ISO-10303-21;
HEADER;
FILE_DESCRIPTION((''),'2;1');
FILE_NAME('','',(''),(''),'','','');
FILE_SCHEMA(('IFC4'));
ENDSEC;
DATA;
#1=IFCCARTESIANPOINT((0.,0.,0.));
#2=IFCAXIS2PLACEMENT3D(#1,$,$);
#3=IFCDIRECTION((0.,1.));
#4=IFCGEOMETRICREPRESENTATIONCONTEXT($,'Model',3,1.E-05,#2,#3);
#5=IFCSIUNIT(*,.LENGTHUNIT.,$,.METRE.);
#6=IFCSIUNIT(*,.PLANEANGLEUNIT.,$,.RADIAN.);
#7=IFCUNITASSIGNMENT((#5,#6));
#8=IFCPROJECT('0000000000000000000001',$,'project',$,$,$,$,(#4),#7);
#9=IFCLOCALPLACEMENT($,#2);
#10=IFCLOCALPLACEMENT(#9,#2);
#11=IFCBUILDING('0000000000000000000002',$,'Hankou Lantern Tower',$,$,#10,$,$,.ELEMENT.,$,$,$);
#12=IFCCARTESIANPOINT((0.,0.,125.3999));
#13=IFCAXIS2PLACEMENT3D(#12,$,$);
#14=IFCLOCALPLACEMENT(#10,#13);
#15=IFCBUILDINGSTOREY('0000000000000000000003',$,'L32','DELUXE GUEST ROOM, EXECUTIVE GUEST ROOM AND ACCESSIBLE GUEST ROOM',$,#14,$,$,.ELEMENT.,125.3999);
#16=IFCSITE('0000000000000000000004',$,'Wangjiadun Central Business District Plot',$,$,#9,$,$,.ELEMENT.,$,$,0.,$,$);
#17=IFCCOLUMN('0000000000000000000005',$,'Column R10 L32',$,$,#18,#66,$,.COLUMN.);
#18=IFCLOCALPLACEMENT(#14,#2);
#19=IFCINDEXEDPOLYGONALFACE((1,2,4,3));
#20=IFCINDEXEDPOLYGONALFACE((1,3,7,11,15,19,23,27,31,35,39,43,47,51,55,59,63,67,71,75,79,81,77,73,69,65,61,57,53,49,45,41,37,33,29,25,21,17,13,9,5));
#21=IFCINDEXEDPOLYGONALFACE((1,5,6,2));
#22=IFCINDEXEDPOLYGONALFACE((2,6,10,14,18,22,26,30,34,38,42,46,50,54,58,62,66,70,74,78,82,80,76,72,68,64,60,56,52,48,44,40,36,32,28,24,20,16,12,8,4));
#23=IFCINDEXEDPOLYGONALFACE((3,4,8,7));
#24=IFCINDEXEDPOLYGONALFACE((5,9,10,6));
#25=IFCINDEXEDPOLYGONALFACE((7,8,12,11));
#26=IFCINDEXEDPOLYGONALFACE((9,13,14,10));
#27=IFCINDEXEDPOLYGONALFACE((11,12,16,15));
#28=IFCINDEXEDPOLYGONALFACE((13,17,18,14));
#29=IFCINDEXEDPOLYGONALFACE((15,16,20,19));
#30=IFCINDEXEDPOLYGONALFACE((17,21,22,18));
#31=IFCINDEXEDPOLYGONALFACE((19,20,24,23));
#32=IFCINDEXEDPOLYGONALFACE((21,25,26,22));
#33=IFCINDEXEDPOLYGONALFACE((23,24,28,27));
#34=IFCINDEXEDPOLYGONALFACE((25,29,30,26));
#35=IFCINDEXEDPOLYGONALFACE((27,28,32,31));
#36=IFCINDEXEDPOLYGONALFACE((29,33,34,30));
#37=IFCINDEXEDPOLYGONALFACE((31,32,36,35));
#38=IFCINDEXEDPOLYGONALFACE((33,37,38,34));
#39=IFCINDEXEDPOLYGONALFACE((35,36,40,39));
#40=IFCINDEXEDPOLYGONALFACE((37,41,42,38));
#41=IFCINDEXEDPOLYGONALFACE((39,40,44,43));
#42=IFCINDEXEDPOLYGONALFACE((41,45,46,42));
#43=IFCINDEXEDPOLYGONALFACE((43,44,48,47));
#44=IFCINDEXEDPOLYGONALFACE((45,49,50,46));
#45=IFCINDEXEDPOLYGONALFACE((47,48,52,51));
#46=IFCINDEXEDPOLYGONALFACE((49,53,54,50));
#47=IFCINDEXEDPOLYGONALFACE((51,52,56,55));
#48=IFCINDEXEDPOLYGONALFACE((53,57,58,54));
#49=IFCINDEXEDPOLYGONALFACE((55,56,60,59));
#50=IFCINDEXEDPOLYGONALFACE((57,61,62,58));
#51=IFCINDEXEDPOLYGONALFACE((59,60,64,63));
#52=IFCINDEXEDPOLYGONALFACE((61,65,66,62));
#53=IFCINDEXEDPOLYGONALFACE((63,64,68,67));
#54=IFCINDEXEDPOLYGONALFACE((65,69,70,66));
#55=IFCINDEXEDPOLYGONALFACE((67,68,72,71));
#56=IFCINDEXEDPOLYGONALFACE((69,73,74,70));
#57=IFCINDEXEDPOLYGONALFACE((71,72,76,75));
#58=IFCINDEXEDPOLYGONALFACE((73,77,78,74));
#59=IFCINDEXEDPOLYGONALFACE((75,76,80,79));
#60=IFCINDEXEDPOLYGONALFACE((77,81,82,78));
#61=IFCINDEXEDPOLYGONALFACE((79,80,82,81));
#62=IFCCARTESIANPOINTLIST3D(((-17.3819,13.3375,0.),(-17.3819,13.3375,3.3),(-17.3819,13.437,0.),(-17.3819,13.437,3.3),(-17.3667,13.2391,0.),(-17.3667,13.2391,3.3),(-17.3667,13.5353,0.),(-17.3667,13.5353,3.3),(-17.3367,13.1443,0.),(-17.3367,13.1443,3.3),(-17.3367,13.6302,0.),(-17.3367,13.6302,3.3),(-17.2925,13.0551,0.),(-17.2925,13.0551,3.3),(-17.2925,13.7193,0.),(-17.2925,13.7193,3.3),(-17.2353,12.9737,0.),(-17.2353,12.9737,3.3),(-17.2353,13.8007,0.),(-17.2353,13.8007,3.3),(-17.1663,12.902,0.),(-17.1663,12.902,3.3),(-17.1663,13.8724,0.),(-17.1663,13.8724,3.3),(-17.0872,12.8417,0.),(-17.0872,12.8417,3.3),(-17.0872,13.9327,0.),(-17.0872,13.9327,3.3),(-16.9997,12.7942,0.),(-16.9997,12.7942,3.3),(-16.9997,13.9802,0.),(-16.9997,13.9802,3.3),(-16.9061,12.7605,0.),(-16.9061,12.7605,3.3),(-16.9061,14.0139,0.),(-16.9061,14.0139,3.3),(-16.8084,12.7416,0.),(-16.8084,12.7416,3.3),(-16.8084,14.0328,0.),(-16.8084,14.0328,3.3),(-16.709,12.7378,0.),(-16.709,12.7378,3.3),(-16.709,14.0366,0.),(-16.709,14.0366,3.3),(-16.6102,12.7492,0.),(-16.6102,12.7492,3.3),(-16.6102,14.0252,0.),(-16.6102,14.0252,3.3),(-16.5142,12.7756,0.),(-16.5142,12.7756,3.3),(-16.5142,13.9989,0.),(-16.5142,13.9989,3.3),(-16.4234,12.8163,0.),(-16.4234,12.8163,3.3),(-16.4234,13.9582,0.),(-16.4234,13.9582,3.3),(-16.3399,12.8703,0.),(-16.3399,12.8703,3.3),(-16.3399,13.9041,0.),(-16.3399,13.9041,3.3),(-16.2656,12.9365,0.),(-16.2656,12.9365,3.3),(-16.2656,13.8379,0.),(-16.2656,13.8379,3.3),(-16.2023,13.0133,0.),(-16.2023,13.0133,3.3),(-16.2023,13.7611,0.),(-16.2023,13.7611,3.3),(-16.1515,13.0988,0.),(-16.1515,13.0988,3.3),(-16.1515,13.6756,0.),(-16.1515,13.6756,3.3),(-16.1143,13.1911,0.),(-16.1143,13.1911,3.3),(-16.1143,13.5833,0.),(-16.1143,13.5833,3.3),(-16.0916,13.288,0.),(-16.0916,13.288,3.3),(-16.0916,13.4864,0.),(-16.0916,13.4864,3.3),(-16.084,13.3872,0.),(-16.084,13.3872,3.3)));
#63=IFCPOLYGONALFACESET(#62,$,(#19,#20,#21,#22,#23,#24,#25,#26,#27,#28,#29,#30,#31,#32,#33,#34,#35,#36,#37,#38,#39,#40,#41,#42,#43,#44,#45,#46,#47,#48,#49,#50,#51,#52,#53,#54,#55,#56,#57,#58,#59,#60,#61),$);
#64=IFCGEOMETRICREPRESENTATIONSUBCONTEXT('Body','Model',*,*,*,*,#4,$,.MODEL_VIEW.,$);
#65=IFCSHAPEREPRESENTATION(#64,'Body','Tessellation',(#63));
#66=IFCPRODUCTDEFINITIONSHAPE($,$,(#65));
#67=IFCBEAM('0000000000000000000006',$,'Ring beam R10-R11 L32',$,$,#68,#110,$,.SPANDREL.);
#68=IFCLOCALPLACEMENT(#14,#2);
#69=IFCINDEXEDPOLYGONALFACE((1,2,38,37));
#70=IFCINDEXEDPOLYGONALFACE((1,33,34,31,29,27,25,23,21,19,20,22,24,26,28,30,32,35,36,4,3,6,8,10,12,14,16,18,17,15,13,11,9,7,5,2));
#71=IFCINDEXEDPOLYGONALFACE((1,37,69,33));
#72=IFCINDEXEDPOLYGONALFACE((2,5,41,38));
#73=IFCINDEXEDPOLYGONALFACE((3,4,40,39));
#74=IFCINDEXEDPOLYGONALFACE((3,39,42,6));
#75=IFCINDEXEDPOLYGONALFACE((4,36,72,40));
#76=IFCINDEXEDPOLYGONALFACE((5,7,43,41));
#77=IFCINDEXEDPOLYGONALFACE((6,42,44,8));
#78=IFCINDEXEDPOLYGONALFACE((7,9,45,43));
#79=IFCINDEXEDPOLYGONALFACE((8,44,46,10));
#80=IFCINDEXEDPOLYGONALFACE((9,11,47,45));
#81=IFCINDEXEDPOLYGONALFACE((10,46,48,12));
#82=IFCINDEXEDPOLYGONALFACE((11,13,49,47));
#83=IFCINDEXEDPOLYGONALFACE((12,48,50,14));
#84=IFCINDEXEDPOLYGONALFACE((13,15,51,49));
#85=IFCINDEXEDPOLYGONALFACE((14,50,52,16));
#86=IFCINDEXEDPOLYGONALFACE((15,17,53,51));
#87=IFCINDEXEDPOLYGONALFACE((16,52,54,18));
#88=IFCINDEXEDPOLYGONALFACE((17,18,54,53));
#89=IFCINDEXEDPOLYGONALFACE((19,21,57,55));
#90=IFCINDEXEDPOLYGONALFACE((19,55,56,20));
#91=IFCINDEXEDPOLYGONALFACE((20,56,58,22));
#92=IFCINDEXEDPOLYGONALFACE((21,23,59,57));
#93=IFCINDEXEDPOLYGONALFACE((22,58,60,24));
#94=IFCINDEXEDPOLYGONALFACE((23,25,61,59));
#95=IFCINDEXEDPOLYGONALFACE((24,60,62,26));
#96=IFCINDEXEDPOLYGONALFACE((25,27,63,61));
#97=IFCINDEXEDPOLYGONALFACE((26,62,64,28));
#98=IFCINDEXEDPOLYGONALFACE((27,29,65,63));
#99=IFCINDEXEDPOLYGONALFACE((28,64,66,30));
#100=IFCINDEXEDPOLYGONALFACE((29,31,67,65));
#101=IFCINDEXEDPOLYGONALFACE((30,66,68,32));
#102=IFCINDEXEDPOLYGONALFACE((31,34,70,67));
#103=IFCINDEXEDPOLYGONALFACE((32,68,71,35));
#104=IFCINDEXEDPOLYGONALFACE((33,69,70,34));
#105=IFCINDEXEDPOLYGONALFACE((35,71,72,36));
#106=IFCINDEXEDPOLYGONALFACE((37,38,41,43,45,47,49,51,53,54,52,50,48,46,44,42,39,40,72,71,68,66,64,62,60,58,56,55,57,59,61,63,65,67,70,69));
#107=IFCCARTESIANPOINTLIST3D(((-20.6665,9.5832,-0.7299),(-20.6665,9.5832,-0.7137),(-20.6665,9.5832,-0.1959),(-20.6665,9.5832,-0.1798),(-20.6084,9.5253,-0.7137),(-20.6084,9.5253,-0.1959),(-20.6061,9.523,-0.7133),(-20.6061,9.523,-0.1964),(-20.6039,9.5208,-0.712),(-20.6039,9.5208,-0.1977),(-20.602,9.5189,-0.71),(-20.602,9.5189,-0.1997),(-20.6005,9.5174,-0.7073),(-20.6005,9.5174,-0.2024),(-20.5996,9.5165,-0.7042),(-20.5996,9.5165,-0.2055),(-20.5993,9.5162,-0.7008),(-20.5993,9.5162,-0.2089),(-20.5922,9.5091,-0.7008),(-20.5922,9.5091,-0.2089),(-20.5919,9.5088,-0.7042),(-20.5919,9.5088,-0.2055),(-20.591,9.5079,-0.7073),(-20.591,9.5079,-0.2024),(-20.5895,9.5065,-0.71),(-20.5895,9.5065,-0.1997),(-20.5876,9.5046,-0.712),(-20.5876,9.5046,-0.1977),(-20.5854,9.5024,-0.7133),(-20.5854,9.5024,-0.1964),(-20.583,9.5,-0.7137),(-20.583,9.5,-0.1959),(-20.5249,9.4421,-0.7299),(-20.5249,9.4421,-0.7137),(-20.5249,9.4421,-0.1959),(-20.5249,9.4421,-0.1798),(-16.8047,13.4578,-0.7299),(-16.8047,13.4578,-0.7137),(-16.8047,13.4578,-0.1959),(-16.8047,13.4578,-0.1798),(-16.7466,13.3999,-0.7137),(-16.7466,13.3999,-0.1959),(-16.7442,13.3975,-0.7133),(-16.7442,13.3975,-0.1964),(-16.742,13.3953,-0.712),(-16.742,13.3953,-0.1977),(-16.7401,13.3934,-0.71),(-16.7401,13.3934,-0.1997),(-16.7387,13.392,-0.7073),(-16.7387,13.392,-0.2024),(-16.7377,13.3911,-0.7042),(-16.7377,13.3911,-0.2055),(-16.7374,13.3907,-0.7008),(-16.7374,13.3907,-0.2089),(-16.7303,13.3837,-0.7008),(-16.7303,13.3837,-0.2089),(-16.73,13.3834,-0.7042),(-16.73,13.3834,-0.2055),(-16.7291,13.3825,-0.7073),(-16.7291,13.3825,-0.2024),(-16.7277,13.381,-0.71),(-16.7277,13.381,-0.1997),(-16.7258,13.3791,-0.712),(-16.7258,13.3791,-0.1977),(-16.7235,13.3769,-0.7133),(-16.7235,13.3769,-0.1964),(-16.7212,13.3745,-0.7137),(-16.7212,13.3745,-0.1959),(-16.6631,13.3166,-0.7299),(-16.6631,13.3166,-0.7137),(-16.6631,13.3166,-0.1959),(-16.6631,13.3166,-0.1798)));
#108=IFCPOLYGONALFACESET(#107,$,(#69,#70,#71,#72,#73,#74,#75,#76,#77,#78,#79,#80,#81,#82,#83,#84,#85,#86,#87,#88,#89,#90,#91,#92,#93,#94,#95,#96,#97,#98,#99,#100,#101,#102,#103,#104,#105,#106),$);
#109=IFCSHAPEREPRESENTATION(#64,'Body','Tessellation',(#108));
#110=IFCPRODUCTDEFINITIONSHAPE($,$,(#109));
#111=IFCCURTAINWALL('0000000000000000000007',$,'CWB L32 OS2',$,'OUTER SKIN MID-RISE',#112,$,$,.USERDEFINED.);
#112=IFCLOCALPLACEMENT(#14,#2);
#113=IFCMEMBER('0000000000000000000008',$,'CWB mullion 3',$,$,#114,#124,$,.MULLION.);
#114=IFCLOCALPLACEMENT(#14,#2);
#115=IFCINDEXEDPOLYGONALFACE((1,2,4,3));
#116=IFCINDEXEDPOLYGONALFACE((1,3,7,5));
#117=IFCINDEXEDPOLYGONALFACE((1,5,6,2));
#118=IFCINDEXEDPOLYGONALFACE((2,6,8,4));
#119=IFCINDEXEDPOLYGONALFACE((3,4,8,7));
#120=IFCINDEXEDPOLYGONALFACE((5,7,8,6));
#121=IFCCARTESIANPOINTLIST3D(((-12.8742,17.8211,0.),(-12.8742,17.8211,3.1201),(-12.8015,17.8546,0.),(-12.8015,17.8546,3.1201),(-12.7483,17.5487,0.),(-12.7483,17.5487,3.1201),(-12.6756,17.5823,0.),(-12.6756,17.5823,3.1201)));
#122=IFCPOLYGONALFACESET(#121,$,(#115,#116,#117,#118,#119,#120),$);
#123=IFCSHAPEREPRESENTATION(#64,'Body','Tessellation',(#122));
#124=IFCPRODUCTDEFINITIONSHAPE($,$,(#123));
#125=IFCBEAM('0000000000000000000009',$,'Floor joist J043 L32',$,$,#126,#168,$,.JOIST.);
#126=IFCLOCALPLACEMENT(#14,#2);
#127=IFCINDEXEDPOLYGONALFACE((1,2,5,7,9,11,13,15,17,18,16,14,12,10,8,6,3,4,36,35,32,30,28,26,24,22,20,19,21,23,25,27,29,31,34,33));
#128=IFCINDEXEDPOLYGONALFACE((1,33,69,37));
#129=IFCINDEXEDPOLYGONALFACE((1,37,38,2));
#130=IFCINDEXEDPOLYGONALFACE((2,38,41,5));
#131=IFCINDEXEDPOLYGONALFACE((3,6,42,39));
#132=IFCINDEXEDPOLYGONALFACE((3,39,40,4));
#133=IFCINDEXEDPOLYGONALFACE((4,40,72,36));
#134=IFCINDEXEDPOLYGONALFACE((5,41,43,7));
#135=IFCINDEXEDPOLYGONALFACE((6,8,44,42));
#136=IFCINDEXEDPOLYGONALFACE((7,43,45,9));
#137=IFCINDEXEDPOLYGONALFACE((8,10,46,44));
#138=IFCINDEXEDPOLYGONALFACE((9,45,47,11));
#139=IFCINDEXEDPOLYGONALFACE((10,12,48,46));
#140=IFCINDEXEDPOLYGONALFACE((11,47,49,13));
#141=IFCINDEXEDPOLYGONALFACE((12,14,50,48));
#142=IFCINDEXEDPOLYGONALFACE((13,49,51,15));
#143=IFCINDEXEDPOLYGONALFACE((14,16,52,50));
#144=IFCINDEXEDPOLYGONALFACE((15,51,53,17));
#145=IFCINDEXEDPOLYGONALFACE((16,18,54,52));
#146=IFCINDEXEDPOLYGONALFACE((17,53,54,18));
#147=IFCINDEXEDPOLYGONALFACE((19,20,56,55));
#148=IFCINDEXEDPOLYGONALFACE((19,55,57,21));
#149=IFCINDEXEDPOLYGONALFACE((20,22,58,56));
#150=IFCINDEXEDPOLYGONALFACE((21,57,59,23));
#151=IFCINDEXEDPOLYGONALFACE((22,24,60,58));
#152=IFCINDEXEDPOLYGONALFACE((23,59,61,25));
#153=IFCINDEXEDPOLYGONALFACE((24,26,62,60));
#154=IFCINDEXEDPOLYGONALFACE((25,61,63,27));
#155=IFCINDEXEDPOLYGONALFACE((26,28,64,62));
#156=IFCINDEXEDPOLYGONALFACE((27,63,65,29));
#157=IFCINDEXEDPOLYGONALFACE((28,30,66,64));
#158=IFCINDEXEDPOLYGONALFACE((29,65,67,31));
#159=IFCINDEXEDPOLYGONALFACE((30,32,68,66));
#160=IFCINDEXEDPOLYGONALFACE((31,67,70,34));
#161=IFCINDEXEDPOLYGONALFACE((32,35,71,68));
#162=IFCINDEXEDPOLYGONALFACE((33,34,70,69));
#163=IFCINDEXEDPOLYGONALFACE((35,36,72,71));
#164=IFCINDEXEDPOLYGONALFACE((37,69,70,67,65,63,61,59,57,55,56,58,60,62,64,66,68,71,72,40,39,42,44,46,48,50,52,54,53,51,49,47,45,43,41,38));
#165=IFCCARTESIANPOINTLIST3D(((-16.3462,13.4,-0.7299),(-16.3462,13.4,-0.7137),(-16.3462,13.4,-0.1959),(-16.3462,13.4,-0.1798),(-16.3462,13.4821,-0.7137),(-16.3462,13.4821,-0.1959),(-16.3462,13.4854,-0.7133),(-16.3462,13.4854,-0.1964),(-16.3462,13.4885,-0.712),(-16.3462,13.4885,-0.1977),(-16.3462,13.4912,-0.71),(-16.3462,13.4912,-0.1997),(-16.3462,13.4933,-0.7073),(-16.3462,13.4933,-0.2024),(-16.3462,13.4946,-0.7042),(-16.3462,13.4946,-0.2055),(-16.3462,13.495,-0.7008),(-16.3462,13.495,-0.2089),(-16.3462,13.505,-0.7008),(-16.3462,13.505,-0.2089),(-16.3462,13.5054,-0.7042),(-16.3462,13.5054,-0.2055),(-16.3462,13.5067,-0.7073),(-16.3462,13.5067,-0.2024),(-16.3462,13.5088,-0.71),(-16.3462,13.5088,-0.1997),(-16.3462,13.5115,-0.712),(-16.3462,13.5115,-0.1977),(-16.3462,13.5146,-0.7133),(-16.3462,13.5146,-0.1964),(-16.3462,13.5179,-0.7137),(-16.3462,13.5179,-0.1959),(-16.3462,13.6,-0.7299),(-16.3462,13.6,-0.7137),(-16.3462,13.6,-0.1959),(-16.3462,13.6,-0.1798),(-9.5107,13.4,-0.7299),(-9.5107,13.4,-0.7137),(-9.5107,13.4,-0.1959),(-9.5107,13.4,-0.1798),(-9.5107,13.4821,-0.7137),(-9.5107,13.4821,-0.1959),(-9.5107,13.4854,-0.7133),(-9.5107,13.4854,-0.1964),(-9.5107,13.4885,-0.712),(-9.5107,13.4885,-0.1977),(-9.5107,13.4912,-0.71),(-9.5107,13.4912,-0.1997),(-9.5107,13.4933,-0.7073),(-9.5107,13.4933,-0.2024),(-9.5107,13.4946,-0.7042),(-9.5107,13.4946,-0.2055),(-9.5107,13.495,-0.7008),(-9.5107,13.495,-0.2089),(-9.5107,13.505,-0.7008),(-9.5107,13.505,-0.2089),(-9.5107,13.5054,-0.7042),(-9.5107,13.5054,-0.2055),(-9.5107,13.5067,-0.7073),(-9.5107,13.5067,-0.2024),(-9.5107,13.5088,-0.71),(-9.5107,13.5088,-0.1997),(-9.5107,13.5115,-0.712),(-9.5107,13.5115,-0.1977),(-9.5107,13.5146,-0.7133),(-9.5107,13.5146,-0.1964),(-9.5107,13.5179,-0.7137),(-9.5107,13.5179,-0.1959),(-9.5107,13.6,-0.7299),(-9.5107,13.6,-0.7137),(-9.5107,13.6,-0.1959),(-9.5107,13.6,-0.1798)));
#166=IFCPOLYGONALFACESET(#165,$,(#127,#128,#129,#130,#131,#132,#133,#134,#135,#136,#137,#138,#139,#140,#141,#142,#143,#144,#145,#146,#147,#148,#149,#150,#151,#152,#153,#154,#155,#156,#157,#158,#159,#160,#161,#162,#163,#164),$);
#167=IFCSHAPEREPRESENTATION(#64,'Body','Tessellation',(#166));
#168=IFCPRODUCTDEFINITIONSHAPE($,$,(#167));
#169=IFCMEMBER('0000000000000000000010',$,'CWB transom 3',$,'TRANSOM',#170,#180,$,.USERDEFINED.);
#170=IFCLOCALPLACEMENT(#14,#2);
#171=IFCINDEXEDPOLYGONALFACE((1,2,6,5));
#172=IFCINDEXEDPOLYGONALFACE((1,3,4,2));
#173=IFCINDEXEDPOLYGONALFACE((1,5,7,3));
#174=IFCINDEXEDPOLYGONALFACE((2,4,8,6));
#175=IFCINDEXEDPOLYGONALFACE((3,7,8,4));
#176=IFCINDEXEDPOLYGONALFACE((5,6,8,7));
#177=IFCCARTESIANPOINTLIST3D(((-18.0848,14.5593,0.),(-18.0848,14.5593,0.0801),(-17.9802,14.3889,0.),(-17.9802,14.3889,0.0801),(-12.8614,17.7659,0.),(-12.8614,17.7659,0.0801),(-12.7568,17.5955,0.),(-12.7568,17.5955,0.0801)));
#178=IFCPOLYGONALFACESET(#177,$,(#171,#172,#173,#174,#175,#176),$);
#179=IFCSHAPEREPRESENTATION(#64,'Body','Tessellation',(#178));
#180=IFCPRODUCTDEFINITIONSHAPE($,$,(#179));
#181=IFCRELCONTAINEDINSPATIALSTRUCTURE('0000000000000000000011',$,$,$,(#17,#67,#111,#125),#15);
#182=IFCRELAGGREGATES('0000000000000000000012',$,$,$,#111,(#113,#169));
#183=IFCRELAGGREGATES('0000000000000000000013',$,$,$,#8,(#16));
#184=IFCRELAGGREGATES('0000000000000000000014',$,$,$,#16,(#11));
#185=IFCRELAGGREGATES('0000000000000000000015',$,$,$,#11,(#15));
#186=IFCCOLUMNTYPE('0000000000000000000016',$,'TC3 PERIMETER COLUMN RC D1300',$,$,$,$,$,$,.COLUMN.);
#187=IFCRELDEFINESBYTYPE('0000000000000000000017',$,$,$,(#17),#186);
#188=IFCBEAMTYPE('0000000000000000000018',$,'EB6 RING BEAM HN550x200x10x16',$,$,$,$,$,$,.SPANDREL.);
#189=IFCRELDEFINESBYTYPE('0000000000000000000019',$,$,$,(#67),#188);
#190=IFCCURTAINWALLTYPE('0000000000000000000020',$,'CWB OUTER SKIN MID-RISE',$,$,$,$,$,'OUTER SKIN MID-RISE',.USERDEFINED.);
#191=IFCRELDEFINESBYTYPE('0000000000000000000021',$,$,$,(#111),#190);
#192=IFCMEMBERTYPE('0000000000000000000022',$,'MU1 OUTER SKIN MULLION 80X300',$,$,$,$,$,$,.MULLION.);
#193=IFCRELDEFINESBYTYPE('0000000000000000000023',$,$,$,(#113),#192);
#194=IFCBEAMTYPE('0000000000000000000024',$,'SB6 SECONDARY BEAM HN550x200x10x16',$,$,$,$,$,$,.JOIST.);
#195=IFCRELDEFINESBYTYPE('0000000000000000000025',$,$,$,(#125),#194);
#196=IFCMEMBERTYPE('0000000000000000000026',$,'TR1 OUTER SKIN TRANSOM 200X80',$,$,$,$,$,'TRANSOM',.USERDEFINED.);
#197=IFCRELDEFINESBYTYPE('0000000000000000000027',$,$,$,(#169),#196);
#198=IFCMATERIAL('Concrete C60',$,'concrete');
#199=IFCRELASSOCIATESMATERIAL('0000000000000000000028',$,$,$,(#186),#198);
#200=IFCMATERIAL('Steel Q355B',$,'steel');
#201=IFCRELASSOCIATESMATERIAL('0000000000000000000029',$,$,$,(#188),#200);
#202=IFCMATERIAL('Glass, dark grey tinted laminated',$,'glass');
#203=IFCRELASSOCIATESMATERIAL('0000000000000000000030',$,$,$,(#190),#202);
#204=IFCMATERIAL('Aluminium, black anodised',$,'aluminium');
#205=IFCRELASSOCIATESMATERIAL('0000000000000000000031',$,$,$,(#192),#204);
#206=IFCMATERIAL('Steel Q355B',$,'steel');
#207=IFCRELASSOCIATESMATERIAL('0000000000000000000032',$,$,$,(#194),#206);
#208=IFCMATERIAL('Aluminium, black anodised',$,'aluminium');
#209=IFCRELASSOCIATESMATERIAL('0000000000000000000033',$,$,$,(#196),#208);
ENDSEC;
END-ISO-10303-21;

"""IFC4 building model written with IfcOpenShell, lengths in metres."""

from ifc_helpers import new_model, si_unit, direction, frame, origin, origin_2d, place, context, subcontext, project, spatial, rectangle, circle, i_section, extrude, material, material_profile, profile_set, type_object, element, aggregate, save


model = new_model("IFC4")

# Units and contexts
model_context = context("Model", 3, precision=1e-05, world=origin(), true_north=direction((0.0, 1.0)))
body_context = subcontext(model_context, "Body", "Model", "MODEL_VIEW")
ifc_project = project(units=[si_unit("LENGTHUNIT", "METRE"), si_unit("PLANEANGLEUNIT", "RADIAN")], contexts=[model_context])

# Site, building, storey
site_placement = place(None, origin())
site = spatial("IfcSite", under=ifc_project, at=site_placement, Name="Wangjiadun Central Business District Plot", CompositionType="ELEMENT", RefElevation=0.0)
building_placement = place(site_placement, origin())
building = spatial("IfcBuilding", under=site, at=building_placement, Name="Hankou Lantern Tower", CompositionType="ELEMENT")
storey_placement = place(building_placement, frame((0.0, 0.0, 125.3999)))
storey = spatial("IfcBuildingStorey", under=building, at=storey_placement, Name="L32", Description="DELUXE GUEST ROOM, EXECUTIVE GUEST ROOM AND ACCESSIBLE GUEST ROOM", CompositionType="ELEMENT", Elevation=125.3999)

# Column
ifc_material_1 = material(Name="Concrete C60", Category="concrete")
ifc_material_profile_1 = material_profile(ifc_material_1, circle(Radius=0.6499, at=origin_2d()), Name="RC D1300")
ifc_profile_set_1 = profile_set([ifc_material_profile_1], Name="Concrete C60")
column_type = type_object("IfcColumnType", Name="TC3 PERIMETER COLUMN RC D1300", PredefinedType="COLUMN", material=ifc_profile_set_1)
column_placement = place(storey_placement, frame((-16.7339, 13.3872, 0.0), z_axis=(0.0, 0.0, 1.0), x_axis=(1.0, 0.0, 0.0)))
element("IfcColumn", 1, at=column_placement, inside=storey, type_object=column_type, Name="Column R10 L32", PredefinedType="COLUMN", context=body_context, shape_type="SweptSolid", body=[
    extrude(circle(Radius=0.6499, at=origin_2d()), origin(), (0.0, 0.0, 1.0), 3.3),
])

# Beam
ifc_material_2 = material(Name="Steel Q355B", Category="steel")
ifc_material_profile_2 = material_profile(ifc_material_2, i_section(OverallWidth=0.2, OverallDepth=0.55, WebThickness=0.01, FlangeThickness=0.0161, FilletRadius=0.0129, at=origin_2d()), Name="HN550x200x10x16")
ifc_profile_set_2 = profile_set([ifc_material_profile_2], Name="Steel Q355B")
beam_type_1 = type_object("IfcBeamType", Name="EB6 RING BEAM HN550x200x10x16", PredefinedType="SPANDREL", material=ifc_profile_set_2)
beam_1_placement = place(storey_placement, frame((-16.7339, 13.3872, -0.4548), z_axis=(-0.705945, -0.708266, 0.0), x_axis=(0.708266, -0.705945, 0.0)))
element("IfcBeam", 2, at=beam_1_placement, inside=storey, type_object=beam_type_1, Name="Ring beam R10-R11 L32", PredefinedType="SPANDREL", context=body_context, shape_type="SweptSolid", body=[
    extrude(i_section(OverallWidth=0.2, OverallDepth=0.55, WebThickness=0.01, FlangeThickness=0.0161, FilletRadius=0.0129, at=origin_2d()), origin(), (0.0, 0.0, 1.0), 5.4705),
])

# Curtain wall, member
ifc_material_3 = material(Name="Glass, dark grey tinted laminated", Category="glass")
curtain_wall_type = type_object("IfcCurtainWallType", Name="CWB OUTER SKIN MID-RISE", ElementType="OUTER SKIN MID-RISE", PredefinedType="USERDEFINED", material=ifc_material_3)
curtain_wall_placement = place(storey_placement, origin())
curtain_wall = element("IfcCurtainWall", 3, at=curtain_wall_placement, inside=storey, type_object=curtain_wall_type, Name="CWB L32 OS2", ObjectType="OUTER SKIN MID-RISE", PredefinedType="USERDEFINED")
ifc_material_4 = material(Name="Aluminium, black anodised", Category="aluminium")
ifc_material_profile_3 = material_profile(ifc_material_4, rectangle(XDim=0.0801, YDim=0.3, at=origin_2d()), Name="MU1 80X300")
ifc_profile_set_3 = profile_set([ifc_material_profile_3], Name="Aluminium, black anodised")
member_type_1 = type_object("IfcMemberType", Name="MU1 OUTER SKIN MULLION 80X300", PredefinedType="MULLION", material=ifc_profile_set_3)
member_1_placement = place(storey_placement, frame((-12.7749, 17.7017, 0.0), z_axis=(0.0, 0.0, 1.0), x_axis=(-0.907841, -0.419314, 0.0)))
member_1 = element("IfcMember", 4, at=member_1_placement, type_object=member_type_1, Name="CWB mullion 3", PredefinedType="MULLION", context=body_context, shape_type="SweptSolid", body=[
    extrude(rectangle(XDim=0.0801, YDim=0.3, at=origin_2d()), origin(), (0.0, 0.0, 1.0), 3.1201),
])

# Beam
ifc_material_5 = material(Name="Steel Q355B", Category="steel")
ifc_material_profile_4 = material_profile(ifc_material_5, i_section(OverallWidth=0.2, OverallDepth=0.55, WebThickness=0.01, FlangeThickness=0.0161, FilletRadius=0.0129, at=origin_2d()), Name="HN550x200x10x16")
ifc_profile_set_4 = profile_set([ifc_material_profile_4], Name="Steel Q355B")
beam_type_2 = type_object("IfcBeamType", Name="SB6 SECONDARY BEAM HN550x200x10x16", PredefinedType="JOIST", material=ifc_profile_set_4)
beam_2_placement = place(storey_placement, frame((-16.3462, 13.5, -0.4548), z_axis=(1.0, 0.0, 0.0), x_axis=(0.0, 1.0, 0.0)))
element("IfcBeam", 5, at=beam_2_placement, inside=storey, type_object=beam_type_2, Name="Floor joist J043 L32", PredefinedType="JOIST", context=body_context, shape_type="SweptSolid", body=[
    extrude(i_section(OverallWidth=0.2, OverallDepth=0.55, WebThickness=0.01, FlangeThickness=0.0161, FilletRadius=0.0129, at=origin_2d()), origin(), (0.0, 0.0, 1.0), 6.8354),
])

# Member
ifc_material_6 = material(Name="Aluminium, black anodised", Category="aluminium")
ifc_material_profile_5 = material_profile(ifc_material_6, rectangle(XDim=0.2, YDim=0.0801, at=origin_2d()), Name="TR1 200X80")
ifc_profile_set_5 = profile_set([ifc_material_profile_5], Name="Aluminium, black anodised")
member_type_2 = type_object("IfcMemberType", Name="TR1 OUTER SKIN TRANSOM 200X80", ElementType="TRANSOM", PredefinedType="USERDEFINED", material=ifc_profile_set_5)
member_2_placement = place(storey_placement, frame((-12.8091, 17.6807, 0.04), z_axis=(-0.852229, -0.523168, 0.0), x_axis=(0.523168, -0.852229, 0.0)))
member_2 = element("IfcMember", 6, at=member_2_placement, type_object=member_type_2, Name="CWB transom 3", ObjectType="TRANSOM", PredefinedType="USERDEFINED", context=body_context, shape_type="SweptSolid", body=[
    extrude(rectangle(XDim=0.2, YDim=0.0801, at=origin_2d()), origin(), (0.0, 0.0, 1.0), 6.1292),
])

aggregate(curtain_wall, [member_1, member_2])

save(model, "model.ifc")
